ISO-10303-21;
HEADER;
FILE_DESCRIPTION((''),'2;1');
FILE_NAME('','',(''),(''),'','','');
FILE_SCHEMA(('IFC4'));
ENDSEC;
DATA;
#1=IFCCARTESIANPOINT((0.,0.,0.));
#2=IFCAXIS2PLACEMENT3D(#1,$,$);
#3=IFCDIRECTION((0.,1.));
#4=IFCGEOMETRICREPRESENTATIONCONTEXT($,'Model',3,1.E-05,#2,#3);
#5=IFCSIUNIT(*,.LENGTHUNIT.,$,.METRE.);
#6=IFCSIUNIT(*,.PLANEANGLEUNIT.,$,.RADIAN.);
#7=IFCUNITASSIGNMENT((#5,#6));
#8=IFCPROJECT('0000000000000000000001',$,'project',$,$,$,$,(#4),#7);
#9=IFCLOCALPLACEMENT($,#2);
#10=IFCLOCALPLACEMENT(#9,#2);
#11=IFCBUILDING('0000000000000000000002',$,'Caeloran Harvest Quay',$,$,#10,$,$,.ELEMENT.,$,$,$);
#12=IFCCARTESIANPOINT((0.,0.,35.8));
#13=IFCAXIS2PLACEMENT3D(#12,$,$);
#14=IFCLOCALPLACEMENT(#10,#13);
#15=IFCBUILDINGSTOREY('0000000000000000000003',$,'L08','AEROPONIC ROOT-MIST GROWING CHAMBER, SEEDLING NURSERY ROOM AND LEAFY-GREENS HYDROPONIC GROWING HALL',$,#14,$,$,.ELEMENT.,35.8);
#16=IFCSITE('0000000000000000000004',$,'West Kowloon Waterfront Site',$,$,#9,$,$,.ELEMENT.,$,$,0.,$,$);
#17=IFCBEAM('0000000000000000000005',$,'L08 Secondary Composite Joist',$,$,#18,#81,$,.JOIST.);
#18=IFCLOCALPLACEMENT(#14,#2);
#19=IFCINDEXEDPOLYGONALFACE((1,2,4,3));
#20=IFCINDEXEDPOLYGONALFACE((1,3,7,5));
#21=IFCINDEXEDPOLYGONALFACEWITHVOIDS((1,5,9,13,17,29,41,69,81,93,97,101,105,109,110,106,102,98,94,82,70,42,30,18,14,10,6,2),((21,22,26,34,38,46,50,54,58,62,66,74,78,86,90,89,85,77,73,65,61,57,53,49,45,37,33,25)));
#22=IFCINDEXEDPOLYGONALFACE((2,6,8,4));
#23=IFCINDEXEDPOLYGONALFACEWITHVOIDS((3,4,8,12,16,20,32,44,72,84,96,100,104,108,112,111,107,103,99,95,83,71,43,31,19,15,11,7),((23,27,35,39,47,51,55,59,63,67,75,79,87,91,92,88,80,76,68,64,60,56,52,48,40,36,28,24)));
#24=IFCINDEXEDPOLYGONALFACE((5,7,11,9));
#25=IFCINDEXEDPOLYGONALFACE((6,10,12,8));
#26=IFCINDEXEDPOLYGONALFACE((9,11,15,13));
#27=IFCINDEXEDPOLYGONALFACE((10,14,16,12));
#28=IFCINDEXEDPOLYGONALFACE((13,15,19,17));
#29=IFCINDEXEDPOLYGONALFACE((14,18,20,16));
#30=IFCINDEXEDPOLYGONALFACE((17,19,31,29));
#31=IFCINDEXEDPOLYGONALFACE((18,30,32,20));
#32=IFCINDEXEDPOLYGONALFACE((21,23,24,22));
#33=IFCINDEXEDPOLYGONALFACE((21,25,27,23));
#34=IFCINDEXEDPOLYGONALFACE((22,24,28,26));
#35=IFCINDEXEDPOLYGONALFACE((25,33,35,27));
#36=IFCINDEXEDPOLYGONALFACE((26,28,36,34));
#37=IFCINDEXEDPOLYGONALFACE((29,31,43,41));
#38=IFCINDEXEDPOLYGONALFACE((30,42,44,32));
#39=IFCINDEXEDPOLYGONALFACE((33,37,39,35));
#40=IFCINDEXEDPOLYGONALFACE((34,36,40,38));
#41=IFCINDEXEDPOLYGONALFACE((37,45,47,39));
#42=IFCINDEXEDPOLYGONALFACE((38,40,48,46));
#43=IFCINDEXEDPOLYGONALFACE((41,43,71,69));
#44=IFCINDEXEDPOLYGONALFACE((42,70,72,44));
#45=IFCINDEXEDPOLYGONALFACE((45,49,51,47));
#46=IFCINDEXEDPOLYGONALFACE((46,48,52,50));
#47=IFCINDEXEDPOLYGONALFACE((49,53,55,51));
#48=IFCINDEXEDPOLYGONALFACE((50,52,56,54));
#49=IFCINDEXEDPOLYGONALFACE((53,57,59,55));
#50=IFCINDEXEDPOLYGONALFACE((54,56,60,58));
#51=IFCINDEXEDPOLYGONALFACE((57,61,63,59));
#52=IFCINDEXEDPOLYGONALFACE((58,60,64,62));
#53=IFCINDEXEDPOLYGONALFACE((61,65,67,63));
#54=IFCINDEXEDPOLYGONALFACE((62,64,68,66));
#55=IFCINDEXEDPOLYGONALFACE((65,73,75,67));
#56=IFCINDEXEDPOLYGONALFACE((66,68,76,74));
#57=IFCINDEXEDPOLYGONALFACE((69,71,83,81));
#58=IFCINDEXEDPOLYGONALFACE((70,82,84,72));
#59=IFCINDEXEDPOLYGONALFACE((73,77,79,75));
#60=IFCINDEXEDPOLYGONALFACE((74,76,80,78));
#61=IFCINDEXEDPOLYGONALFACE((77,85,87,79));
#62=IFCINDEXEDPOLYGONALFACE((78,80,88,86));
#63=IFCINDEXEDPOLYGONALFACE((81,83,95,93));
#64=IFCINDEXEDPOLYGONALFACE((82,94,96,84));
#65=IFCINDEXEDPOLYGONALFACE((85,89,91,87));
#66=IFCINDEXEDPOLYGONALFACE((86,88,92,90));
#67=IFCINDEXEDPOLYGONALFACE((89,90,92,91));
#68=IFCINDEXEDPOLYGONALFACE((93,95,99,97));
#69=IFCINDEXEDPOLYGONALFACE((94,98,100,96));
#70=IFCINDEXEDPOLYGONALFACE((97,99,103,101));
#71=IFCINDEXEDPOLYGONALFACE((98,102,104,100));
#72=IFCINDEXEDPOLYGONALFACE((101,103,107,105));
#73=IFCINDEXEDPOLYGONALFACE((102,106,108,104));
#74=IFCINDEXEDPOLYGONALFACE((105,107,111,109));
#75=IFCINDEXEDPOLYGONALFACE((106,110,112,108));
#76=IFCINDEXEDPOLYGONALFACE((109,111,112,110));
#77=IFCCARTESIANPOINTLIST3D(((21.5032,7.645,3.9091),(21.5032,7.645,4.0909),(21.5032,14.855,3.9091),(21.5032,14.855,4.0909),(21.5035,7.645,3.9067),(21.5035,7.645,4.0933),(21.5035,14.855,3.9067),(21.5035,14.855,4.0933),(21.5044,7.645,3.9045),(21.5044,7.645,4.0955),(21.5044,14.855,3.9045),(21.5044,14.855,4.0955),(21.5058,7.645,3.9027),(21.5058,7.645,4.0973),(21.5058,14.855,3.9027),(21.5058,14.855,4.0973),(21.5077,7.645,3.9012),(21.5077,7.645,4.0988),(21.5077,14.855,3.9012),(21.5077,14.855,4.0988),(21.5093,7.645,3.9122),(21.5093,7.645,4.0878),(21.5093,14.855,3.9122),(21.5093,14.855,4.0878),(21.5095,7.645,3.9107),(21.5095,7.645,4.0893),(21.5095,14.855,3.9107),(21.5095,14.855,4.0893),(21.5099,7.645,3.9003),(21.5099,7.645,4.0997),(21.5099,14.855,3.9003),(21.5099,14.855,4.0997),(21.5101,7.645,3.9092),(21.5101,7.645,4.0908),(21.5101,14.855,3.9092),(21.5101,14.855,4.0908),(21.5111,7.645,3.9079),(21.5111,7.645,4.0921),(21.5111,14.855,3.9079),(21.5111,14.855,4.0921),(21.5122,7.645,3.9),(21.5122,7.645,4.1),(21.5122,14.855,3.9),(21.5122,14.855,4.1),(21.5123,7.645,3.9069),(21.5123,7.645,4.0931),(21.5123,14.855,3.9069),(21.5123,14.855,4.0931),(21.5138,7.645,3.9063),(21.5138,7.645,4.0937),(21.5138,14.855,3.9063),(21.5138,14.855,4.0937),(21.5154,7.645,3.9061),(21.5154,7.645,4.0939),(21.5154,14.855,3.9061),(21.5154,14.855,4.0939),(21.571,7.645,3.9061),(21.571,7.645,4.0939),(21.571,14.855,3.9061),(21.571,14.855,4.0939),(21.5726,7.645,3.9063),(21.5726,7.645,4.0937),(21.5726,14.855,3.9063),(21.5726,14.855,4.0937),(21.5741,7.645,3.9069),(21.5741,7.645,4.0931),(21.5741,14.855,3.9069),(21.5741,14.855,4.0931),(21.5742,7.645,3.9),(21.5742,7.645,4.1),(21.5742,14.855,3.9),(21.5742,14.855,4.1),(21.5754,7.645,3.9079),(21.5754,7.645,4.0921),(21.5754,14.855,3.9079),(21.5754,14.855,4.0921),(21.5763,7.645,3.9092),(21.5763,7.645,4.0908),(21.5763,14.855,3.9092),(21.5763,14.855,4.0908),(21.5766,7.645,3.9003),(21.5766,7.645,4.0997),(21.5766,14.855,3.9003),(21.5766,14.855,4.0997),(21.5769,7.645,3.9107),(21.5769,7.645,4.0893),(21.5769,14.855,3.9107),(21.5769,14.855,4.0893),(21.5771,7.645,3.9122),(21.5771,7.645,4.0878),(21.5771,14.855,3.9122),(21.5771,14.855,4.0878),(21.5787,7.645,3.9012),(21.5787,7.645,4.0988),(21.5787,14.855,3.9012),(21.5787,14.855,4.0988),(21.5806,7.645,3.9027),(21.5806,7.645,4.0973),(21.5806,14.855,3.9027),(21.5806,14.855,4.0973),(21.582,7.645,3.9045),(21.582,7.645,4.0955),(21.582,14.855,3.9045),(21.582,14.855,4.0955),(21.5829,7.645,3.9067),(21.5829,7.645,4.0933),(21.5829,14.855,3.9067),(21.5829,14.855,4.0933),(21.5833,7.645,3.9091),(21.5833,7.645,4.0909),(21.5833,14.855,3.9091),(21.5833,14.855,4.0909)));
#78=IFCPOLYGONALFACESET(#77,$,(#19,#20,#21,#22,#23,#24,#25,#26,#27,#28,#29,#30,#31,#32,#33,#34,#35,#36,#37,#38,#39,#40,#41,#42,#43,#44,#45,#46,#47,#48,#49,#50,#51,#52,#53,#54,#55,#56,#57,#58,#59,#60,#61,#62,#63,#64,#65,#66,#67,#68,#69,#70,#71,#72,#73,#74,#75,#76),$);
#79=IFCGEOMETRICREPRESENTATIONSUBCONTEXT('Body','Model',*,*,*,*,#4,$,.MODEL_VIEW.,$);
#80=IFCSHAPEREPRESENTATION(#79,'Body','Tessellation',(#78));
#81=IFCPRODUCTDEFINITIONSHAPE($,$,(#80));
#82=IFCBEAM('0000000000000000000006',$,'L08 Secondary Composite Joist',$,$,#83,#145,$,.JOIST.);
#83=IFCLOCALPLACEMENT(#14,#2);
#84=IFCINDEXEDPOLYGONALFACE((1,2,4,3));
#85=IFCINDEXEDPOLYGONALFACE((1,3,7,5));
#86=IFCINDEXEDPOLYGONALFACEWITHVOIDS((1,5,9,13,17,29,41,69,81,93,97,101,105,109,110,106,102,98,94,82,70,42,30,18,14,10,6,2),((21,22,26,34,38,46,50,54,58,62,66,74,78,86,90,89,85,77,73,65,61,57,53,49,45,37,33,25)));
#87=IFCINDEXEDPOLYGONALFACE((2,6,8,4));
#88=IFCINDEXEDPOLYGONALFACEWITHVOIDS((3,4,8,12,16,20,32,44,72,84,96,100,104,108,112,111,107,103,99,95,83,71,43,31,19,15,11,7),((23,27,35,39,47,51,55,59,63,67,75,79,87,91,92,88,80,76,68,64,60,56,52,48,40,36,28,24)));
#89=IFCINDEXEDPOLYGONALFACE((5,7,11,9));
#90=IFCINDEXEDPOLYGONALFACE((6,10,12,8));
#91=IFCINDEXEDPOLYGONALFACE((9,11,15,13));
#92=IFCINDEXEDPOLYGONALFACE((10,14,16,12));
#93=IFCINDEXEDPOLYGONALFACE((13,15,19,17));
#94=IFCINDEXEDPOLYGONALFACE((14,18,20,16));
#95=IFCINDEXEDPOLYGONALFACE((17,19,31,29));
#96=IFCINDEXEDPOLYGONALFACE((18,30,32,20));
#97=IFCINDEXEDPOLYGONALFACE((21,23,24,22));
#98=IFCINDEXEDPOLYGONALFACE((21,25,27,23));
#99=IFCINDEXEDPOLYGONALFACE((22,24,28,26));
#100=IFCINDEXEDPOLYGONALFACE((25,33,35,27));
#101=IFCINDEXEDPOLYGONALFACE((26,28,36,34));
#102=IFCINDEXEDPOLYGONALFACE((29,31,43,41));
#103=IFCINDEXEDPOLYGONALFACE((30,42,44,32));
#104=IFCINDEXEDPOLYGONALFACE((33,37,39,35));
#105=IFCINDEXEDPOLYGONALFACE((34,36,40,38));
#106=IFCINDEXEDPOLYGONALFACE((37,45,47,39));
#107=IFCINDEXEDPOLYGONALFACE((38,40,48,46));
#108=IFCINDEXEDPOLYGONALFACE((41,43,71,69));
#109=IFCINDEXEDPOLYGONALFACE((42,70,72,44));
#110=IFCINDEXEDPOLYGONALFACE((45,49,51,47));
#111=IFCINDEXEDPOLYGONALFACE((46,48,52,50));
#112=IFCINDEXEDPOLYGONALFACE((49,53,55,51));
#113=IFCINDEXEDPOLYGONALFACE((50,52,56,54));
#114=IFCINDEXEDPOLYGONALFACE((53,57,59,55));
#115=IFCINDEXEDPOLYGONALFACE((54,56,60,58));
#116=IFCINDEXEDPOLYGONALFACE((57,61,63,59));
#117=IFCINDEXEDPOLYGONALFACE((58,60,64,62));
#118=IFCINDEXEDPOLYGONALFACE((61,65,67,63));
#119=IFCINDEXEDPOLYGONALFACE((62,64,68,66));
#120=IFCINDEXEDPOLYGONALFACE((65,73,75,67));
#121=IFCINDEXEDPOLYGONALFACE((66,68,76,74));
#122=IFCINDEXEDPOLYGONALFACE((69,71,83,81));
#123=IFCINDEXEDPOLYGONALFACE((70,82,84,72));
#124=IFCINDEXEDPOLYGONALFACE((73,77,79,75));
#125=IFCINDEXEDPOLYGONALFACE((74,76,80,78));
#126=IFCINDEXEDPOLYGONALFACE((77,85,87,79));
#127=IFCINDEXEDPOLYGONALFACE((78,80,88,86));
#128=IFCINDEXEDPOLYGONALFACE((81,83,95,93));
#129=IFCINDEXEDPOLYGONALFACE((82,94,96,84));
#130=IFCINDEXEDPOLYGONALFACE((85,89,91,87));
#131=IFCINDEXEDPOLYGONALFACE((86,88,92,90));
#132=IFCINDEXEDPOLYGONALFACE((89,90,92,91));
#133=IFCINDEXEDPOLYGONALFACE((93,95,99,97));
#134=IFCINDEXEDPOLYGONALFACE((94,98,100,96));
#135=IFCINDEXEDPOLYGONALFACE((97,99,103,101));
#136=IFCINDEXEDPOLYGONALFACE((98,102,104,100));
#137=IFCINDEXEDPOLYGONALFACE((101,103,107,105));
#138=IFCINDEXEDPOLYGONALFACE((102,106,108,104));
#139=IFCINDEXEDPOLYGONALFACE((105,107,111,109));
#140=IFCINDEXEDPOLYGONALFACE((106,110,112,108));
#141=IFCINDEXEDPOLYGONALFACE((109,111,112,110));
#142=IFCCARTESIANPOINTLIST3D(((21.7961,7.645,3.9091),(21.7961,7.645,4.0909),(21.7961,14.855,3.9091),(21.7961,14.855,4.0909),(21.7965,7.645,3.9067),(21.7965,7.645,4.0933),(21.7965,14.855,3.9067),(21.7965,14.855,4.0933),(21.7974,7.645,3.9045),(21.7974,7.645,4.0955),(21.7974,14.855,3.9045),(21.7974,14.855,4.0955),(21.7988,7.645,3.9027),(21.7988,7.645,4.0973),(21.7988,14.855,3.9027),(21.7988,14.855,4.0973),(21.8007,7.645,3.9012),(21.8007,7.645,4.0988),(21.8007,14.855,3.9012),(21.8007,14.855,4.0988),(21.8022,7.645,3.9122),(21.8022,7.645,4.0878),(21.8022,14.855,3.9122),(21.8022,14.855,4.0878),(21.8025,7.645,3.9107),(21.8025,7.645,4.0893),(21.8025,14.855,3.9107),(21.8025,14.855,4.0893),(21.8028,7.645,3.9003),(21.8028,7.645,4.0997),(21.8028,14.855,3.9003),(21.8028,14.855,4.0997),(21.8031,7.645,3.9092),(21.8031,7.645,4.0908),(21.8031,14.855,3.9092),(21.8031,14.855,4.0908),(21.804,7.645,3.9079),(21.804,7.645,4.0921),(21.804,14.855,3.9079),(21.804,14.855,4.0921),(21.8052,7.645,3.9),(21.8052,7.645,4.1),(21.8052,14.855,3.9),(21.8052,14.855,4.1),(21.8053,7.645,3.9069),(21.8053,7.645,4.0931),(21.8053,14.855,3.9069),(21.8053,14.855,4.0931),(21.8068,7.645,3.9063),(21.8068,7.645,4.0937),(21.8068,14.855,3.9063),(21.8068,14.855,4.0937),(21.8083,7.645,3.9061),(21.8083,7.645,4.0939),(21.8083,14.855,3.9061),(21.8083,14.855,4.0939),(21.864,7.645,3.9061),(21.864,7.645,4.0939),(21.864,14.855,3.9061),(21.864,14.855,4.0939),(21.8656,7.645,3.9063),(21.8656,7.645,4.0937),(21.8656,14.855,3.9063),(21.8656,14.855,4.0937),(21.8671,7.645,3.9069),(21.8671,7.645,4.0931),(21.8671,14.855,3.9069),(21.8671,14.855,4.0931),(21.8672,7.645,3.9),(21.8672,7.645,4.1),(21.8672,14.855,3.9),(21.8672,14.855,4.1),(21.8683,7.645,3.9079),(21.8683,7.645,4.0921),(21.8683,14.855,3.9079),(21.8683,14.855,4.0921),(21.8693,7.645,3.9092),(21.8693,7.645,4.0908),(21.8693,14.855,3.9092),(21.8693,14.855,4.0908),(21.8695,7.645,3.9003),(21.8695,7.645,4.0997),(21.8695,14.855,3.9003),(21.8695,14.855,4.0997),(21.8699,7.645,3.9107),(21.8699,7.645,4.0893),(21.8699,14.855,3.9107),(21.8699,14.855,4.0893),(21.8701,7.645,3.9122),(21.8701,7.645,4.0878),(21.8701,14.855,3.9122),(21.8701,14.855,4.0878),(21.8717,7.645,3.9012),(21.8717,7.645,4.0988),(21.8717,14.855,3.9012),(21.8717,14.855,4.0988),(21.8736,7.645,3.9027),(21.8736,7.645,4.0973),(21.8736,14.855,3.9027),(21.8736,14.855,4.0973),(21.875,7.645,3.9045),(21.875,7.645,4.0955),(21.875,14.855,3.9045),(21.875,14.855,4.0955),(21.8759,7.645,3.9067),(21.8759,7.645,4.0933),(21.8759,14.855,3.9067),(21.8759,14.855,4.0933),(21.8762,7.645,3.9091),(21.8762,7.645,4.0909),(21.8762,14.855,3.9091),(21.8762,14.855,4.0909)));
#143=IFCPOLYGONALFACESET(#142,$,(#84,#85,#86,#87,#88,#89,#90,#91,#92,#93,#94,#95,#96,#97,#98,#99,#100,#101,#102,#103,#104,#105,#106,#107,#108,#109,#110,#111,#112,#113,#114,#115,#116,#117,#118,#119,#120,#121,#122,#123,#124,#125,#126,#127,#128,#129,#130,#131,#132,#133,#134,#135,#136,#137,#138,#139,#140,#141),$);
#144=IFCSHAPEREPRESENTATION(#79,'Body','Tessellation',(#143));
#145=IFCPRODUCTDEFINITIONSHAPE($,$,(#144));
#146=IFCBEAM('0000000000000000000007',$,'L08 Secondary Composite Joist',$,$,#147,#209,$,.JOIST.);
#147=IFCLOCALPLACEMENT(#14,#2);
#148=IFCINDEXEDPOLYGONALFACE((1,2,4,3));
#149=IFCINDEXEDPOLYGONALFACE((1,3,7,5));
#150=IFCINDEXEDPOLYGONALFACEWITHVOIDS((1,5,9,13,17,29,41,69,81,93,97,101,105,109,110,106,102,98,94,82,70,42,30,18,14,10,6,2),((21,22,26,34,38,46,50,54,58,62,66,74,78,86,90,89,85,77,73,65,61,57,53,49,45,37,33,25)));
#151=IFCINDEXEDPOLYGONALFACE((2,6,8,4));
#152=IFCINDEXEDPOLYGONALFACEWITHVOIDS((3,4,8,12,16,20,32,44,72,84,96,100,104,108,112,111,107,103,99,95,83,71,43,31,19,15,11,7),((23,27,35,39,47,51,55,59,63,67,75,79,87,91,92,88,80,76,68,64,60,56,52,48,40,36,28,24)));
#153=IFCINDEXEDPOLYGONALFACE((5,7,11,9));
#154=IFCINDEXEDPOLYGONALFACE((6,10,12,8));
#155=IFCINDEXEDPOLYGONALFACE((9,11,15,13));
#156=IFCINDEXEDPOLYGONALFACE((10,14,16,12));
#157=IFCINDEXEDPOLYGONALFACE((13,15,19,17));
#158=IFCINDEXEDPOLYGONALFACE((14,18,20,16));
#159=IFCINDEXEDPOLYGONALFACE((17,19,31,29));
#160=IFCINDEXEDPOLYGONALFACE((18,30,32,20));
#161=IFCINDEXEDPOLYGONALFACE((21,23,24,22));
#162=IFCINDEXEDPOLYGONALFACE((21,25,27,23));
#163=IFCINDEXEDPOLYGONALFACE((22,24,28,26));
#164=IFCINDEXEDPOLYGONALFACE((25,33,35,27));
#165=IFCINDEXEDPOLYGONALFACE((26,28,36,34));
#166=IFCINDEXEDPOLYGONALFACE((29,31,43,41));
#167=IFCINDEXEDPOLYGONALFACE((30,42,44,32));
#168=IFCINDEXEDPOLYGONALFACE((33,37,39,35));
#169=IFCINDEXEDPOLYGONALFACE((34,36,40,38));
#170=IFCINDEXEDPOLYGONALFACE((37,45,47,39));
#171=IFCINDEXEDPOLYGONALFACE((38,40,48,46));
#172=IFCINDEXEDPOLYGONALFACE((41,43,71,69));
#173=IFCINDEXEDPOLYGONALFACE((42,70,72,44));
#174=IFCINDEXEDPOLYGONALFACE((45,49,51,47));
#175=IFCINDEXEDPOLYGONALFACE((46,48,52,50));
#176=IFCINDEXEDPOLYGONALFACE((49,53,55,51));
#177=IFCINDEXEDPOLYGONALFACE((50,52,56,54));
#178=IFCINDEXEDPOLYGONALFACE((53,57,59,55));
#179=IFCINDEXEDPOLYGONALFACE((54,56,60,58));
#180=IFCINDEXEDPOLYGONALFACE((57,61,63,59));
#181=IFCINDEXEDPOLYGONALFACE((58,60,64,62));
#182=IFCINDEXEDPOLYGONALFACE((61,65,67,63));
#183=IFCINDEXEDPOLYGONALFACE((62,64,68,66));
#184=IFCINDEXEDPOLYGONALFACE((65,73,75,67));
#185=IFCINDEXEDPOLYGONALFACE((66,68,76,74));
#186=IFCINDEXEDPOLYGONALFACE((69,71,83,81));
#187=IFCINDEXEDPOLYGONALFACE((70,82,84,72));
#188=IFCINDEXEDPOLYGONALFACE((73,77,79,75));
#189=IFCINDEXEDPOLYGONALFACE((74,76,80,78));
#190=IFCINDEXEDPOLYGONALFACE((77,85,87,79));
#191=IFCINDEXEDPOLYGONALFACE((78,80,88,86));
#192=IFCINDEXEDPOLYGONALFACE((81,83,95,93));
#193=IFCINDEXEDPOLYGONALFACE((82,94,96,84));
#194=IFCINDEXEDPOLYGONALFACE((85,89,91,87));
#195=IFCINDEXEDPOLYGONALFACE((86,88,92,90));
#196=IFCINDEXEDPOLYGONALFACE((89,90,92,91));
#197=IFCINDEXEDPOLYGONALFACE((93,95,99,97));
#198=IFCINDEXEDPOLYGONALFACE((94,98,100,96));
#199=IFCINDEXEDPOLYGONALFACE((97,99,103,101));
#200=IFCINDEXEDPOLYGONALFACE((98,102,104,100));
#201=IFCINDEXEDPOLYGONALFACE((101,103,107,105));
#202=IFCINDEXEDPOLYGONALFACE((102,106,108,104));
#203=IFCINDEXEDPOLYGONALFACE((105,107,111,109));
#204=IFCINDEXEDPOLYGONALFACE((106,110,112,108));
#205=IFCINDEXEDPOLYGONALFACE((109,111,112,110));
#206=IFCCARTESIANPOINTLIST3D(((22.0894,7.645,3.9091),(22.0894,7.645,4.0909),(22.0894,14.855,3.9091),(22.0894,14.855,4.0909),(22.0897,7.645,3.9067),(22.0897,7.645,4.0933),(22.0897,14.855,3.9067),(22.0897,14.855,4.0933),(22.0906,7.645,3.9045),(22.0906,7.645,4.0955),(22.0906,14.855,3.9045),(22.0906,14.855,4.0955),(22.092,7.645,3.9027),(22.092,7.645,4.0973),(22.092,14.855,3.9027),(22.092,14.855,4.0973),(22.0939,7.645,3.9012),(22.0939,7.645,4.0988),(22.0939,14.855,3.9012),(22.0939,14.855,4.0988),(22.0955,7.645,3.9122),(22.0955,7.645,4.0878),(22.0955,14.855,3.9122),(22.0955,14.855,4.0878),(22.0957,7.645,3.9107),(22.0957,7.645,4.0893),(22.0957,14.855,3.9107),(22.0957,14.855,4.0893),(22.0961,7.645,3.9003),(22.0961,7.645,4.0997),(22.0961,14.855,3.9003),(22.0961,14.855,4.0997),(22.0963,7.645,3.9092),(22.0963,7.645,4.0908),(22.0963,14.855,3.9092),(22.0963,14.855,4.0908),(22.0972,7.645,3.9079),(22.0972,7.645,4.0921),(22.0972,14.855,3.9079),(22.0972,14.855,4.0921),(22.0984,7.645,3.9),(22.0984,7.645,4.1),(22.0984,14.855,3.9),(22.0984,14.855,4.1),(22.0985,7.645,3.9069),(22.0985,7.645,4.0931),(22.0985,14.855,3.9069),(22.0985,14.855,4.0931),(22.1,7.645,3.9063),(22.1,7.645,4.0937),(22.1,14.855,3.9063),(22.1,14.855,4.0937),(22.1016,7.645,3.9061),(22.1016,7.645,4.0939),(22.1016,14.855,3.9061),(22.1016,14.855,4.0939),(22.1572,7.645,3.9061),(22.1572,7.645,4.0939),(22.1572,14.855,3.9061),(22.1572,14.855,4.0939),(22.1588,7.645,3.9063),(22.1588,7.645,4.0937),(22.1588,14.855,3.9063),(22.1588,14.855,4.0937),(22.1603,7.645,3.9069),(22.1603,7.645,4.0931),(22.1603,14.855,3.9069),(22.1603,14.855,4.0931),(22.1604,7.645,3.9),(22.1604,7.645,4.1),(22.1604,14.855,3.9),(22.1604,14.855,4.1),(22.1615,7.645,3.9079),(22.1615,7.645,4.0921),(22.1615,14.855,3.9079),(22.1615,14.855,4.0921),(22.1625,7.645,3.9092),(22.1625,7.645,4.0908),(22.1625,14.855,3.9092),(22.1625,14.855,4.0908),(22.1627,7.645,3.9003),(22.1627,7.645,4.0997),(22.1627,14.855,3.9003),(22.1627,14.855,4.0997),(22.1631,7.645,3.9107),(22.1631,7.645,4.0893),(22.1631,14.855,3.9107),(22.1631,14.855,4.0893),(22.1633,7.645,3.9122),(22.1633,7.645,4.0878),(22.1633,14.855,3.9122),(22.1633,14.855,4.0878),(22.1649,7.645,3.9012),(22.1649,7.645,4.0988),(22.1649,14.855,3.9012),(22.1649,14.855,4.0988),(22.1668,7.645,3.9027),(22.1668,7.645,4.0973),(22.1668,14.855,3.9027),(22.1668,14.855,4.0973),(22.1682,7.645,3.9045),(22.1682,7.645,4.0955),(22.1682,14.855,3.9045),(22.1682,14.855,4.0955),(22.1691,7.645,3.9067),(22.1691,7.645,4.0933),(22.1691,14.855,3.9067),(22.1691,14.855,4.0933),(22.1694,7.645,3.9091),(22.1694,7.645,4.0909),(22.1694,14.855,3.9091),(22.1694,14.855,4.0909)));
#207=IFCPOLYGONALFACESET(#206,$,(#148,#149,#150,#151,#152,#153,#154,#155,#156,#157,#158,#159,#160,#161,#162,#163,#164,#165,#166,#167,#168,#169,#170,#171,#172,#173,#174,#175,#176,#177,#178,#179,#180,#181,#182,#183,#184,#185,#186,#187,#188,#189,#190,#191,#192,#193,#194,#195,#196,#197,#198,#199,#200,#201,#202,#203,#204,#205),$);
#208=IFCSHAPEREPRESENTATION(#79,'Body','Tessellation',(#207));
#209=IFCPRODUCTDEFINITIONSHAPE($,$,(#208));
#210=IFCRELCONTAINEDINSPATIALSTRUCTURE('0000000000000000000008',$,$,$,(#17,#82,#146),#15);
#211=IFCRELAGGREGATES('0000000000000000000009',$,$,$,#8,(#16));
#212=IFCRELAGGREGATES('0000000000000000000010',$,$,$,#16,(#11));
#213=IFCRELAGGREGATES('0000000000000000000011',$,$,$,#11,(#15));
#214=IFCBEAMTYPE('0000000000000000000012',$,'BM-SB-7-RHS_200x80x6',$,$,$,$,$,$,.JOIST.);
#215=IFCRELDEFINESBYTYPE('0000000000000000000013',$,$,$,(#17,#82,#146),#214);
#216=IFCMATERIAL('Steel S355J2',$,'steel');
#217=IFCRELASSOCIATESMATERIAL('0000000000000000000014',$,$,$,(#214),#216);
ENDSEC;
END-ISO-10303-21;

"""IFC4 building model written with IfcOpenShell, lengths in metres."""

from ifc_helpers import new_model, si_unit, direction, frame, origin, origin_2d, place, context, subcontext, project, spatial, hollow_rectangle, extrude, material, material_profile, profile_set, type_object, element, save


model = new_model("IFC4")

# Units and contexts
model_context = context("Model", 3, precision=1e-05, world=origin(), true_north=direction((0.0, 1.0)))
body_context = subcontext(model_context, "Body", "Model", "MODEL_VIEW")
ifc_project = project(units=[si_unit("LENGTHUNIT", "METRE"), si_unit("PLANEANGLEUNIT", "RADIAN")], contexts=[model_context])

# Site, building, storey
site_placement = place(None, origin())
site = spatial("IfcSite", under=ifc_project, at=site_placement, Name="West Kowloon Waterfront Site", CompositionType="ELEMENT", RefElevation=0.0)
building_placement = place(site_placement, origin())
building = spatial("IfcBuilding", under=site, at=building_placement, Name="Caeloran Harvest Quay", CompositionType="ELEMENT")
storey_placement = place(building_placement, frame((0.0, 0.0, 35.8)))
storey = spatial("IfcBuildingStorey", under=building, at=storey_placement, Name="L08", Description="AEROPONIC ROOT-MIST GROWING CHAMBER, SEEDLING NURSERY ROOM AND LEAFY-GREENS HYDROPONIC GROWING HALL", CompositionType="ELEMENT", Elevation=35.8)

# Beams
ifc_material_1 = material(Name="Steel S355J2", Category="steel")
ifc_material_profile_1 = material_profile(ifc_material_1, hollow_rectangle(XDim=0.0801, YDim=0.2, WallThickness=0.0061, InnerFilletRadius=0.0061, OuterFilletRadius=0.009, at=origin_2d()), Name="RHS 200x80x6")
ifc_profile_set_1 = profile_set([ifc_material_profile_1], Name="Steel S355J2")
beam_type_1 = type_object("IfcBeamType", Name="BM-SB-7-RHS_200x80x6", PredefinedType="JOIST", material=ifc_profile_set_1)
for number, where, z_axis, x_axis, name in (
    (1, (21.5432, 7.645, 4.0), (0.0, 1.0, 0.0), (-1.0, 0.0, 0.0), "L08 Secondary Composite Joist"),
    (2, (21.8362, 7.645, 4.0), (0.0, 1.0, 0.0), (-1.0, 0.0, 0.0), "L08 Secondary Composite Joist"),
    (3, (22.1294, 7.645, 4.0), (0.0, 1.0, 0.0), (-1.0, 0.0, 0.0), "L08 Secondary Composite Joist"),
):
    element("IfcBeam", number, at=place(storey_placement, frame(where, z_axis=z_axis, x_axis=x_axis)), inside=storey, type_object=beam_type_1, Name=name, PredefinedType="JOIST", context=body_context, shape_type="SweptSolid", body=[
        extrude(hollow_rectangle(XDim=0.0801, YDim=0.2, WallThickness=0.0061, InnerFilletRadius=0.0061, OuterFilletRadius=0.009, at=origin_2d()), origin(), (0.0, 0.0, 1.0), 7.21),
    ])

save(model, "model.ifc")
